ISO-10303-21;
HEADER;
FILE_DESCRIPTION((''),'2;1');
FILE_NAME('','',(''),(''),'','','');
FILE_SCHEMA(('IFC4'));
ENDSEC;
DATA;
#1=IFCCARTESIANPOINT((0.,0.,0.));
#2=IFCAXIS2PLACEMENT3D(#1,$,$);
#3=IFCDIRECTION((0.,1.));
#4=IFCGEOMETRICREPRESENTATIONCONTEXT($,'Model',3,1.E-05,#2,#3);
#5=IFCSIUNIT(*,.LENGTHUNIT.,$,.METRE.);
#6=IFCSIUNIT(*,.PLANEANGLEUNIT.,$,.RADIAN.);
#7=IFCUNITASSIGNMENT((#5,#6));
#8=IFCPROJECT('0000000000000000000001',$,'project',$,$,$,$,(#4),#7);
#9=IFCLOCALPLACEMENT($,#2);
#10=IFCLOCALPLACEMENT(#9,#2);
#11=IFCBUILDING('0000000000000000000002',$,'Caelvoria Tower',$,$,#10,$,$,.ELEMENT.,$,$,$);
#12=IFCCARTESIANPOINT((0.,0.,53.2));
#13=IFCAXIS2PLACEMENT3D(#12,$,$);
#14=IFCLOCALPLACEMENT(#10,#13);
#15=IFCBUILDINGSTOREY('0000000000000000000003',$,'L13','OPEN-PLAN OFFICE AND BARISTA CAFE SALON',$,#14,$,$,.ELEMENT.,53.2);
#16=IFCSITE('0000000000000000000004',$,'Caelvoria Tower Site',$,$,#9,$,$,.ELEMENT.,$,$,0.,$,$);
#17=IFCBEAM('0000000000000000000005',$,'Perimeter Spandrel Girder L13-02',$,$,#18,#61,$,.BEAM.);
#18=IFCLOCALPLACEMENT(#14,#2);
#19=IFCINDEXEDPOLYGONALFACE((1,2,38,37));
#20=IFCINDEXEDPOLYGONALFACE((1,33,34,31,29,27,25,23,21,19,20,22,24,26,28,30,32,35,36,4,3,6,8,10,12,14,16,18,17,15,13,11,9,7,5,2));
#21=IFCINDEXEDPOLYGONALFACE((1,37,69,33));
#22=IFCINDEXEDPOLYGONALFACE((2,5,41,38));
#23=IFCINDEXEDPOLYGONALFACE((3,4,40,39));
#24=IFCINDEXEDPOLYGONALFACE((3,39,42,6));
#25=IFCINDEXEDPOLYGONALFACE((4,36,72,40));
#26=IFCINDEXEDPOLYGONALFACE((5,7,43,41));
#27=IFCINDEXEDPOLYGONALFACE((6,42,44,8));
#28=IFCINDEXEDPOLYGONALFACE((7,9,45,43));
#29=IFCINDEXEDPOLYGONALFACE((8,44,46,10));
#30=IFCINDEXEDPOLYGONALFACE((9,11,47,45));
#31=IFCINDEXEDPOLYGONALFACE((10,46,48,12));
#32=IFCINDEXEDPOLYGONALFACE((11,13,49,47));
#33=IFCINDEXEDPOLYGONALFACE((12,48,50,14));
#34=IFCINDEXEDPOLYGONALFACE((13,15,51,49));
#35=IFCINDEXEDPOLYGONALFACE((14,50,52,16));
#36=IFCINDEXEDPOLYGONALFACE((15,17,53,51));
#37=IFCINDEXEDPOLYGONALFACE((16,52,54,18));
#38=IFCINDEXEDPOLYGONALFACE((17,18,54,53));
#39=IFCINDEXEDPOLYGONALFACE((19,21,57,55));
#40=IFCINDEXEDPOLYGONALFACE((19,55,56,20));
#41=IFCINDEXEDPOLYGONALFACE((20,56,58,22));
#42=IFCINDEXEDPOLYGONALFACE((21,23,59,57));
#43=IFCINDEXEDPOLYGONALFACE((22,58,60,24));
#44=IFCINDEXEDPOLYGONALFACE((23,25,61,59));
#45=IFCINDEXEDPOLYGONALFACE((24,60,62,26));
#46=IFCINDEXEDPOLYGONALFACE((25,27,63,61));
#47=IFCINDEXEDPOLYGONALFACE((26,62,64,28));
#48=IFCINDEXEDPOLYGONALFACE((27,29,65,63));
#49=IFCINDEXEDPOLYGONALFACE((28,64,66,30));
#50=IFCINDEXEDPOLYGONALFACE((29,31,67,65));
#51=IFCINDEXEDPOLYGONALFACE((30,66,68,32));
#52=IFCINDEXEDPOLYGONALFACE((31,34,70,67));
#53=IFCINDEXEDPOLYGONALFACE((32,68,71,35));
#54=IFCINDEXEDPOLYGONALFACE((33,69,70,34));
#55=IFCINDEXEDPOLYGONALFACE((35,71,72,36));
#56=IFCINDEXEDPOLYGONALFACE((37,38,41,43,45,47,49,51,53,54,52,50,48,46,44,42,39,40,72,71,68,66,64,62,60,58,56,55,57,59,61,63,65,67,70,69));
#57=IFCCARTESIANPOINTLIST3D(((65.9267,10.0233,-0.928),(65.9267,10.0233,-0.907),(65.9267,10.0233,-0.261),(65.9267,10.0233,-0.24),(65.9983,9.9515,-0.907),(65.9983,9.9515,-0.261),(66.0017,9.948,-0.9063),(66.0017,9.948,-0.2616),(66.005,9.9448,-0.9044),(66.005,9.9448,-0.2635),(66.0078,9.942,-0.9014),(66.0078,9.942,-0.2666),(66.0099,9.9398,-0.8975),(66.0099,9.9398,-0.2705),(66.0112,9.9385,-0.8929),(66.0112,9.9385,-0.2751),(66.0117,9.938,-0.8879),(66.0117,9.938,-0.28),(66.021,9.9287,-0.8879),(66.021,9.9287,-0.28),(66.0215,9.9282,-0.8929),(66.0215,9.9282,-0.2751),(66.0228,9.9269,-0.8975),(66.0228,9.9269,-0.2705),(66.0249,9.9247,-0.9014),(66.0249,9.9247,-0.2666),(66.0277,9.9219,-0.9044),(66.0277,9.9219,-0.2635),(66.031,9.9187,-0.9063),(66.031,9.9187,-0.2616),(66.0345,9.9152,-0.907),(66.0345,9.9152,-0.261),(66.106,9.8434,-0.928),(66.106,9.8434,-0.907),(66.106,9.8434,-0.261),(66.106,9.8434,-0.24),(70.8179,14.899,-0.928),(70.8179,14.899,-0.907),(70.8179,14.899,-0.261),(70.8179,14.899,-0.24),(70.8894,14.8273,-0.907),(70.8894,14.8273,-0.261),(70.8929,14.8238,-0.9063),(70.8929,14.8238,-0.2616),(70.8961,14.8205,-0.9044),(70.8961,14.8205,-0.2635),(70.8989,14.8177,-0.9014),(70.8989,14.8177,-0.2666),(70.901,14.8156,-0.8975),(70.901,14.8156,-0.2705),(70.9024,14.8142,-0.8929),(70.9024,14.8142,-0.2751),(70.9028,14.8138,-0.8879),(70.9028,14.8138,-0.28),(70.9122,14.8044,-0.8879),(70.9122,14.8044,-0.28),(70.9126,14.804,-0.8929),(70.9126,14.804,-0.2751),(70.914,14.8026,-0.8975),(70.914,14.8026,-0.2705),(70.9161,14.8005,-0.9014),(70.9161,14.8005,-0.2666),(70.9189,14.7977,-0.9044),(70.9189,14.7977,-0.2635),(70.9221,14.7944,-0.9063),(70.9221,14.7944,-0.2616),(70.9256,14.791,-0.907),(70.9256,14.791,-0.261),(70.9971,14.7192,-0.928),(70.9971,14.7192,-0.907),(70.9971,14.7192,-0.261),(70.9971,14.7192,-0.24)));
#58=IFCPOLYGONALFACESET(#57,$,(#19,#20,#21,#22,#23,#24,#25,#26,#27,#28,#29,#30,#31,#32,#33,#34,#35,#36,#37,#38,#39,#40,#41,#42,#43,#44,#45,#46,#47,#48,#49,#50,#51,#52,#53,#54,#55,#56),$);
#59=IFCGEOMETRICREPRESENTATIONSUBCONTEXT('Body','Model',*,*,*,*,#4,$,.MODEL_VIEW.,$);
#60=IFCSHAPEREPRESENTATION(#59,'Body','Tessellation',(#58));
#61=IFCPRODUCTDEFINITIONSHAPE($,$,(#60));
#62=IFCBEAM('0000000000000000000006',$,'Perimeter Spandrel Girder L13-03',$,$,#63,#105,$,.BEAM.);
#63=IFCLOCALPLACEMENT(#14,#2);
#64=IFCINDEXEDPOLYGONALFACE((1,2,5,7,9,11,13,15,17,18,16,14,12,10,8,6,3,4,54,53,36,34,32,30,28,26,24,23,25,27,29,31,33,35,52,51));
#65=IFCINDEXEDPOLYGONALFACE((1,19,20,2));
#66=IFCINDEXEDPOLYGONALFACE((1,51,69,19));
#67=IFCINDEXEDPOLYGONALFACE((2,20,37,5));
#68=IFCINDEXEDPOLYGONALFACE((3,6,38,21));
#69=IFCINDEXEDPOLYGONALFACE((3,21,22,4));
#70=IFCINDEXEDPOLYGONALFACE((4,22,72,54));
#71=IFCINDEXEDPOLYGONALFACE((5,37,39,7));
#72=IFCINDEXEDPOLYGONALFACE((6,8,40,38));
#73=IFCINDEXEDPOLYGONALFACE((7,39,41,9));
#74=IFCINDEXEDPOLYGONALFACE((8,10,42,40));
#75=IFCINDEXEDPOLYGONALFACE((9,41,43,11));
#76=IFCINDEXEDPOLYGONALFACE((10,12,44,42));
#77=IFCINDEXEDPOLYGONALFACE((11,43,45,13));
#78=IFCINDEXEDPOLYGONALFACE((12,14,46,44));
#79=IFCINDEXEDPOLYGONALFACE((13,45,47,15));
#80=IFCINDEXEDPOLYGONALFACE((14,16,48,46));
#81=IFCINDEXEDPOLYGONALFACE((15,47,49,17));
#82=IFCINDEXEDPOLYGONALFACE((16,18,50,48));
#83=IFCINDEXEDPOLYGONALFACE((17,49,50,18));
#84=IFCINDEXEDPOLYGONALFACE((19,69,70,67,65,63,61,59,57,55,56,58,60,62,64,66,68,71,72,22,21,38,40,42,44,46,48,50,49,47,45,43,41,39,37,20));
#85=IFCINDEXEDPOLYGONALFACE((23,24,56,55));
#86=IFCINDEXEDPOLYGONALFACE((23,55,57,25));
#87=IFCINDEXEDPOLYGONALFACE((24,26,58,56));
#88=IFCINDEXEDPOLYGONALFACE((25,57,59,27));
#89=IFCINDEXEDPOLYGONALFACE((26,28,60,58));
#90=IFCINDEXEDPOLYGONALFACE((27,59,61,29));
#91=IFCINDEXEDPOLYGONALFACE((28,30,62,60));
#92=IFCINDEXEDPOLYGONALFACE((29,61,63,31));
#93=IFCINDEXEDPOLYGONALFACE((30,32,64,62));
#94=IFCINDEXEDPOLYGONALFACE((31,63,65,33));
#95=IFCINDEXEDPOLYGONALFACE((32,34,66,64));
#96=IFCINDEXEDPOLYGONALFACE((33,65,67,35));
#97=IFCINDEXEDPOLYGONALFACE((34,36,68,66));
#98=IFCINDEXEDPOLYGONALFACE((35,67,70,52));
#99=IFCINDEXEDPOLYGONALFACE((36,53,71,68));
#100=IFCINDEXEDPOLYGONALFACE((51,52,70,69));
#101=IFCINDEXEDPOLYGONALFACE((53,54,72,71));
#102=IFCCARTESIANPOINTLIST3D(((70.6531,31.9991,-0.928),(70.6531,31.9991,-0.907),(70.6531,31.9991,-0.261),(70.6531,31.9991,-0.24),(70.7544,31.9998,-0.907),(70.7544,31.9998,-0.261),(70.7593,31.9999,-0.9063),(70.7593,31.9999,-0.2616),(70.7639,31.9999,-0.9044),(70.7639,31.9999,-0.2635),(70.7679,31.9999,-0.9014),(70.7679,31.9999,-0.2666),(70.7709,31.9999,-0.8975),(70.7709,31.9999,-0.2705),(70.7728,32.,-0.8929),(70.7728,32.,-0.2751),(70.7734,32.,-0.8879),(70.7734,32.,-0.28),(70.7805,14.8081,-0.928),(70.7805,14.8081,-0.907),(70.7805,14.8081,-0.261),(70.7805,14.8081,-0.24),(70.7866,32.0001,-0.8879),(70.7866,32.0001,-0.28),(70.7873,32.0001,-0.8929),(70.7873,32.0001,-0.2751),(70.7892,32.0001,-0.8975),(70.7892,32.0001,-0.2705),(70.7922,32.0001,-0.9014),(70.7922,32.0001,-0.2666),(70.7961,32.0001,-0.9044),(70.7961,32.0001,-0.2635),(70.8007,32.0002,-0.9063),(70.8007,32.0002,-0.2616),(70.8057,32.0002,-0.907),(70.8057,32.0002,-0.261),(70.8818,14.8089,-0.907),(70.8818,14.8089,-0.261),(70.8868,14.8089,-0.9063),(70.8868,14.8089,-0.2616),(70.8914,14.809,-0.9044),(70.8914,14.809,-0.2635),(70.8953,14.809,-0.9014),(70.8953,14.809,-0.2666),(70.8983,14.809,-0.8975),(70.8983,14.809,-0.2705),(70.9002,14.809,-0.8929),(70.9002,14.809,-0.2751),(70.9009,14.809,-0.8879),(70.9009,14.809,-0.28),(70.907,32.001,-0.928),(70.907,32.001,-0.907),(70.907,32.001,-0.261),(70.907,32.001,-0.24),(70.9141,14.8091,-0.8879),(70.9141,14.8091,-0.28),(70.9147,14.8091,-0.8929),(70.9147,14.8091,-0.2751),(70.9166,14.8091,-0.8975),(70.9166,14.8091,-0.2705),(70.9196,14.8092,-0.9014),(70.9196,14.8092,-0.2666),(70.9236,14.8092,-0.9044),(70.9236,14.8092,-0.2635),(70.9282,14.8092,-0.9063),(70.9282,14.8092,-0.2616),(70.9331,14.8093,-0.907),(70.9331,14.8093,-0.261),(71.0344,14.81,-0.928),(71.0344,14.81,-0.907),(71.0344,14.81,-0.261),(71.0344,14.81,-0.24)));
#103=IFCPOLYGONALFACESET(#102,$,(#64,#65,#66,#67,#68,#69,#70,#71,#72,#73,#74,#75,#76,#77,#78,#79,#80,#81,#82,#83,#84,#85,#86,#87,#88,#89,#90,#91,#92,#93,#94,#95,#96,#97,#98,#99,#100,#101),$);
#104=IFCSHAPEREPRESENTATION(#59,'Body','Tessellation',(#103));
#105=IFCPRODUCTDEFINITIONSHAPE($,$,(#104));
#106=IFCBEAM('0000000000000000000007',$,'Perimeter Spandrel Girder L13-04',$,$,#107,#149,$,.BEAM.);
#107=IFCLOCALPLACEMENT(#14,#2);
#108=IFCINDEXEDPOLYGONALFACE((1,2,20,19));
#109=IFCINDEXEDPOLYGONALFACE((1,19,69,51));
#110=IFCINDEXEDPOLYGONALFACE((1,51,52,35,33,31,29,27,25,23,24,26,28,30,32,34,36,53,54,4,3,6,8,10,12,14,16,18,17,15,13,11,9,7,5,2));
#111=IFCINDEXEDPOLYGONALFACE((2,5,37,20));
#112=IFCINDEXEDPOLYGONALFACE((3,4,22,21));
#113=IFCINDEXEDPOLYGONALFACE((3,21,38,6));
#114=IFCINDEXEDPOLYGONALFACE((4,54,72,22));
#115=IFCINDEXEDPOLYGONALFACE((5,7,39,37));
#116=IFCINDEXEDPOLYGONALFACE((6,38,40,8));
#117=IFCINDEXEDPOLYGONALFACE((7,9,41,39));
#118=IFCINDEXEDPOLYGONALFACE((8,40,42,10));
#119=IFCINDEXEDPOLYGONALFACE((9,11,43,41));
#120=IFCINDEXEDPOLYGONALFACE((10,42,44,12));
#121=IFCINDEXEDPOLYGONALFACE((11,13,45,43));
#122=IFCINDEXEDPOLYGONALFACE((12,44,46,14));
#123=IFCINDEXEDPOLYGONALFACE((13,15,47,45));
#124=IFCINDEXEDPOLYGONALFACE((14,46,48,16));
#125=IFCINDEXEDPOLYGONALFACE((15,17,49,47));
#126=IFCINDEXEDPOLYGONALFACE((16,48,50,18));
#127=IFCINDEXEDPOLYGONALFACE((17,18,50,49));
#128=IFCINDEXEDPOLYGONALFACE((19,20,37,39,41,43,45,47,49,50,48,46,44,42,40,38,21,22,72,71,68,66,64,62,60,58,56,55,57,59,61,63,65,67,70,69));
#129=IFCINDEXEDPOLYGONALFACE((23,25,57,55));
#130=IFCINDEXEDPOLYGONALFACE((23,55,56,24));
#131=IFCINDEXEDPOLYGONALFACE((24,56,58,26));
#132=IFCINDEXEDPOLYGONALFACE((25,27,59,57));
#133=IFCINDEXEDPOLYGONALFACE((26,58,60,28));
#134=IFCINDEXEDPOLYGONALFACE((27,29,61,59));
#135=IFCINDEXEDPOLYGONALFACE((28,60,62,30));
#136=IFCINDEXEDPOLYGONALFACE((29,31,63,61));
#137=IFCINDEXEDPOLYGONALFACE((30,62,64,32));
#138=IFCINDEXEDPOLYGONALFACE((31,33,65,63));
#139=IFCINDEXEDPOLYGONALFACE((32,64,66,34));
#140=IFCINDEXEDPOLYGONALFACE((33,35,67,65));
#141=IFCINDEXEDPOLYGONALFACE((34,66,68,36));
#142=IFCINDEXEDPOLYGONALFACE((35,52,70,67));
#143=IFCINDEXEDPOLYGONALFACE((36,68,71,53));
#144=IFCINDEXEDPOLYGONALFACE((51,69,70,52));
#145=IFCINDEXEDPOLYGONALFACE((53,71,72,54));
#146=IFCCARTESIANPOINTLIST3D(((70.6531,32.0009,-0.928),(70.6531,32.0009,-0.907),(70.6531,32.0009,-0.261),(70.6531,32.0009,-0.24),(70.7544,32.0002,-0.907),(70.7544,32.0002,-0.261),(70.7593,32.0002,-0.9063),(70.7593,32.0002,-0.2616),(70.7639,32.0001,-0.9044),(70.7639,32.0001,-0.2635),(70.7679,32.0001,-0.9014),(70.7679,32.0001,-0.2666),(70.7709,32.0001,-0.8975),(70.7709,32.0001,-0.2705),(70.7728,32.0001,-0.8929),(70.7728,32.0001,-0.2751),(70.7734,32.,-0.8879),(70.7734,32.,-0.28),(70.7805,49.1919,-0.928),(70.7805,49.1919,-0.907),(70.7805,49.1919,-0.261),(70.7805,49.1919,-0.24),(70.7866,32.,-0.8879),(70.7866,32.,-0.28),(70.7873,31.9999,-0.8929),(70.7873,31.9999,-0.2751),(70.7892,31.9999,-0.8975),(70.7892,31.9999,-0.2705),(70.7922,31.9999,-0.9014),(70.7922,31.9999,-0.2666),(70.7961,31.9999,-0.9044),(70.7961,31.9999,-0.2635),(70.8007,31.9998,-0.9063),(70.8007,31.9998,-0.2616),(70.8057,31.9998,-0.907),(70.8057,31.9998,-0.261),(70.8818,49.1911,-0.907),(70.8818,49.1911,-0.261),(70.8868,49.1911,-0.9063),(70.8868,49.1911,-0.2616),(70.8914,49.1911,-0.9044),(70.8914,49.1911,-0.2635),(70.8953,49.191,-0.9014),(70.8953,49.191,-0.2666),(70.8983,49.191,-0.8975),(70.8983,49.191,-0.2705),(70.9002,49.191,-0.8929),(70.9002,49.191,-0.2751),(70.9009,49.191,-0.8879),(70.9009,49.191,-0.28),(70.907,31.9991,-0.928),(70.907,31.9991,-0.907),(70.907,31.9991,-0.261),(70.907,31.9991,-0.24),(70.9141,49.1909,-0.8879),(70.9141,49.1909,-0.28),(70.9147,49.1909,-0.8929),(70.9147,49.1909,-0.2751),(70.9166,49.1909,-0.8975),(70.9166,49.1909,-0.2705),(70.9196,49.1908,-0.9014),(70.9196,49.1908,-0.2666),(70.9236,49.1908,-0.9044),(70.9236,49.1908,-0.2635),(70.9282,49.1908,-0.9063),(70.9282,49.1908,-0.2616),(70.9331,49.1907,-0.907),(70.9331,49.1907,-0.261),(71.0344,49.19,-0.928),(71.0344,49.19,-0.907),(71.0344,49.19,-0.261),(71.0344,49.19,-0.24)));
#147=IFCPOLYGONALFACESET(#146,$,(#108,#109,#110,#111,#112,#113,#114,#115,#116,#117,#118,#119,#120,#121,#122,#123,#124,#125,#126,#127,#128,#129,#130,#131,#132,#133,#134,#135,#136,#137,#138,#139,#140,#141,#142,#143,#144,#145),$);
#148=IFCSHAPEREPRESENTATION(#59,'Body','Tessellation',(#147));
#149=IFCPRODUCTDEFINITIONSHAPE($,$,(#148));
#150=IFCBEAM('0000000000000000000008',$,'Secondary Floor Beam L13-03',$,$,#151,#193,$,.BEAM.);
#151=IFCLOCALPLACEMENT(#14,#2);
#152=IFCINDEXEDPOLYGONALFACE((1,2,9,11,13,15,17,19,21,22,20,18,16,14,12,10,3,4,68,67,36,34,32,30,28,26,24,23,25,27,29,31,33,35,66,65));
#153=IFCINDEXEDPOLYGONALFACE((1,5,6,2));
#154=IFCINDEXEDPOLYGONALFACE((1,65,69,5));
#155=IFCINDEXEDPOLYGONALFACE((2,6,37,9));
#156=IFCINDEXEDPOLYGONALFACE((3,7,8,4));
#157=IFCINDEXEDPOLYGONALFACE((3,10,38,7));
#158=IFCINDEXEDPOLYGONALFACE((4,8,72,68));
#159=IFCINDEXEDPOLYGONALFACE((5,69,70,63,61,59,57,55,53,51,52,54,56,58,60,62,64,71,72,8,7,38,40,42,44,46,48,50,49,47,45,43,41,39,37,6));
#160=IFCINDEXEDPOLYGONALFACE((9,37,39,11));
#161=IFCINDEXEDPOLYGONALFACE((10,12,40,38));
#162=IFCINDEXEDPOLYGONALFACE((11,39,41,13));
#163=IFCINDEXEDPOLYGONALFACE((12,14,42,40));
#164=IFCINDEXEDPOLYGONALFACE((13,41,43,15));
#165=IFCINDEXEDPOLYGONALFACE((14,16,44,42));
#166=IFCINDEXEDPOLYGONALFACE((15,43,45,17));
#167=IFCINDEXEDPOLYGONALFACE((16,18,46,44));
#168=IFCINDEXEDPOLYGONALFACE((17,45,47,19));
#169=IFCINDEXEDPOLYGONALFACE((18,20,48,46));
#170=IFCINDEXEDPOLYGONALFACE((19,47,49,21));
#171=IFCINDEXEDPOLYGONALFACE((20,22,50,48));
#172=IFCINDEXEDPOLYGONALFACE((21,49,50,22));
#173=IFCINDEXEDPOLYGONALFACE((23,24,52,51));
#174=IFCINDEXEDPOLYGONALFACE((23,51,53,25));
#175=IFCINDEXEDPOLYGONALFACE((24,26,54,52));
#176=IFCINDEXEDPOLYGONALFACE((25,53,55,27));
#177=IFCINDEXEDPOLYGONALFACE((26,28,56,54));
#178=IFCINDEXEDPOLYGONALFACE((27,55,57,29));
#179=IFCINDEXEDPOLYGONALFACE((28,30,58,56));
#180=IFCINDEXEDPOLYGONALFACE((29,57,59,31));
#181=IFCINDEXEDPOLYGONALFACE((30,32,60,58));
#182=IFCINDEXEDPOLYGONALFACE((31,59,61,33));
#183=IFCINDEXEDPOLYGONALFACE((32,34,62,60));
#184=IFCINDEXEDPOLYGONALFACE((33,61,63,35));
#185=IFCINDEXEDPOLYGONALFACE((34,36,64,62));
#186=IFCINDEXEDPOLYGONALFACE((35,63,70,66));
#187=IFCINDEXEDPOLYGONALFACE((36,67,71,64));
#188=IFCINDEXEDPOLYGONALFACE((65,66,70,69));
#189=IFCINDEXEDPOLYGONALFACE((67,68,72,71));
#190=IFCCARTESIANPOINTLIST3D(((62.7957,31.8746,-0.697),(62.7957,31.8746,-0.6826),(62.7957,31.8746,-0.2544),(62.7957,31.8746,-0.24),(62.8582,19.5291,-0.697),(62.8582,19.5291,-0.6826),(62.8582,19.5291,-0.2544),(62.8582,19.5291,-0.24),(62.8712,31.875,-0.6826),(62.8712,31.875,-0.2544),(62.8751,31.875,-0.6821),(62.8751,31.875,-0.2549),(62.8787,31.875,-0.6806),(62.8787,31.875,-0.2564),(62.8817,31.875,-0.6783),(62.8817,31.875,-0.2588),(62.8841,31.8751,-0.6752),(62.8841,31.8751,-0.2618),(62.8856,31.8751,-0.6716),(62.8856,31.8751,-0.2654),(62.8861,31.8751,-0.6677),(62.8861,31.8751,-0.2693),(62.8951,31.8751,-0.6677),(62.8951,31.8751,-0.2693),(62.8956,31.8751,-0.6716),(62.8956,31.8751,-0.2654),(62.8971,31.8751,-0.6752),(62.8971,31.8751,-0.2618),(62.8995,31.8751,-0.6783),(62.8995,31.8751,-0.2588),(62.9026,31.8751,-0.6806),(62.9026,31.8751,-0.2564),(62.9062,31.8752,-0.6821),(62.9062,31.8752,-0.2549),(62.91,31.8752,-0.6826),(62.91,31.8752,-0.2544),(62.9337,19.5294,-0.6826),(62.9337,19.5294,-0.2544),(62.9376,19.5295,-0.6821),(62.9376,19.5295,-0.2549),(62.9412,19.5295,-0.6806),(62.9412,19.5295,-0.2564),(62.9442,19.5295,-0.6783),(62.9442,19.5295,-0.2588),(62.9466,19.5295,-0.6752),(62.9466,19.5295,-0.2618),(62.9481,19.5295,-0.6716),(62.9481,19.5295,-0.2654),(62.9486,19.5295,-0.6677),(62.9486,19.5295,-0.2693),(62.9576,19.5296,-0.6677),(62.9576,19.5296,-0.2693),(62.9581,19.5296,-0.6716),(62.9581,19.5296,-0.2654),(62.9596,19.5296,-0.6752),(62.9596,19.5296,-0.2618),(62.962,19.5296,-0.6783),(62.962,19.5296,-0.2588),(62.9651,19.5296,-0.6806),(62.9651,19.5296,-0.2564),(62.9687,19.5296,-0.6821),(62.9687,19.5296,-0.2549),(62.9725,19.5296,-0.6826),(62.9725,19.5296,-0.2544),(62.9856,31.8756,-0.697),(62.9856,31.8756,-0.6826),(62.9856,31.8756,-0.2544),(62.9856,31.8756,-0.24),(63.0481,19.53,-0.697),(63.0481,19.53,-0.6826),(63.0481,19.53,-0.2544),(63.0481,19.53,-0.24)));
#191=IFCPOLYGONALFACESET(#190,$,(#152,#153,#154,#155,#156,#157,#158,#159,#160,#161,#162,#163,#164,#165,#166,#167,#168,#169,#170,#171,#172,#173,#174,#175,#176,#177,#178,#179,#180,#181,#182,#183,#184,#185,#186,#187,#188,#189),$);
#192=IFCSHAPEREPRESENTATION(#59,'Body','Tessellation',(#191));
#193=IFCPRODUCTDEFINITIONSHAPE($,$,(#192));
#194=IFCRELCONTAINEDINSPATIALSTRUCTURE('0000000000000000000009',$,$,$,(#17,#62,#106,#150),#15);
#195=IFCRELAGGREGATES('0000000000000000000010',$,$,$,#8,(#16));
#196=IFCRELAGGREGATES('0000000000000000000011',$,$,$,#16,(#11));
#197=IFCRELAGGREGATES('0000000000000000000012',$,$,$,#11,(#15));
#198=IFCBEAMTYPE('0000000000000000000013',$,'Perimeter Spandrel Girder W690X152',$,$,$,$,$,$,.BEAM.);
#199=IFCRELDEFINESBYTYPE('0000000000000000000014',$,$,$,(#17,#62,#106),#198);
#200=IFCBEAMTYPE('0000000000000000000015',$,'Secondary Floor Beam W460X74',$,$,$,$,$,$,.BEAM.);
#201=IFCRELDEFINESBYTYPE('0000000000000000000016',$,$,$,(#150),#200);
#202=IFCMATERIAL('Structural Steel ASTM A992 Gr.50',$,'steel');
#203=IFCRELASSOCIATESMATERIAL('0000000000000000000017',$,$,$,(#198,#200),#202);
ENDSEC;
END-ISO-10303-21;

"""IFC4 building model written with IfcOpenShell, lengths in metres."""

from ifc_helpers import new_model, si_unit, direction, frame, origin, origin_2d, place, context, subcontext, project, spatial, i_section, extrude, material, material_profile, profile_set, type_object, element, save


model = new_model("IFC4")

# Units and contexts
model_context = context("Model", 3, precision=1e-05, world=origin(), true_north=direction((0.0, 1.0)))
body_context = subcontext(model_context, "Body", "Model", "MODEL_VIEW")
ifc_project = project(units=[si_unit("LENGTHUNIT", "METRE"), si_unit("PLANEANGLEUNIT", "RADIAN")], contexts=[model_context])

# Site, building, storey
site_placement = place(None, origin())
site = spatial("IfcSite", under=ifc_project, at=site_placement, Name="Caelvoria Tower Site", CompositionType="ELEMENT", RefElevation=0.0)
building_placement = place(site_placement, origin())
building = spatial("IfcBuilding", under=site, at=building_placement, Name="Caelvoria Tower", CompositionType="ELEMENT")
storey_placement = place(building_placement, frame((0.0, 0.0, 53.2)))
storey = spatial("IfcBuildingStorey", under=building, at=storey_placement, Name="L13", Description="OPEN-PLAN OFFICE AND BARISTA CAFE SALON", CompositionType="ELEMENT", Elevation=53.2)

# Beams
ifc_material_1 = material(Name="Structural Steel ASTM A992 Gr.50", Category="steel")
ifc_material_profile_1 = material_profile(ifc_material_1, i_section(OverallWidth=0.2539, OverallDepth=0.688, WebThickness=0.0132, FlangeThickness=0.021, FilletRadius=0.019, at=origin_2d()), Name="Structural Steel ASTM A992 Gr.50")
ifc_profile_set_1 = profile_set([ifc_material_profile_1], Name="W690X152 - Structural Steel ASTM A992 Gr.50")
beam_type_1 = type_object("IfcBeamType", Name="Perimeter Spandrel Girder W690X152", PredefinedType="BEAM", material=ifc_profile_set_1)
beam_1_placement = place(storey_placement, frame((66.0164, 9.9333, -0.584), z_axis=(0.708219, 0.705992, 0.0), x_axis=(-0.705992, 0.708219, 0.0)))
element("IfcBeam", 1, at=beam_1_placement, inside=storey, type_object=beam_type_1, Name="Perimeter Spandrel Girder L13-02", PredefinedType="BEAM", context=body_context, shape_type="SweptSolid", body=[
    extrude(i_section(OverallWidth=0.2539, OverallDepth=0.688, WebThickness=0.0132, FlangeThickness=0.021, FilletRadius=0.019, at=origin_2d()), origin(), (0.0, 0.0, 1.0), 6.9062),
])
for number, where, z_axis, x_axis, name in (
    (2, (70.9075, 14.8091, -0.584), (-0.007413, 0.999973, 0.0), (-0.999973, -0.007413, 0.0), "Perimeter Spandrel Girder L13-03"),
    (3, (70.78, 32.0, -0.584), (0.007413, 0.999973, 0.0), (-0.999973, 0.007413, 0.0), "Perimeter Spandrel Girder L13-04"),
):
    element("IfcBeam", number, at=place(storey_placement, frame(where, z_axis=z_axis, x_axis=x_axis)), inside=storey, type_object=beam_type_1, Name=name, PredefinedType="BEAM", context=body_context, shape_type="SweptSolid", body=[
        extrude(i_section(OverallWidth=0.2539, OverallDepth=0.688, WebThickness=0.0132, FlangeThickness=0.021, FilletRadius=0.019, at=origin_2d()), origin(), (0.0, 0.0, 1.0), 17.1914),
    ])
ifc_material_profile_2 = material_profile(ifc_material_1, i_section(OverallWidth=0.1899, OverallDepth=0.457, WebThickness=0.009, FlangeThickness=0.0144, FilletRadius=0.0149, at=origin_2d()), Name="Structural Steel ASTM A992 Gr.50")
ifc_profile_set_2 = profile_set([ifc_material_profile_2], Name="W460X74 - Structural Steel ASTM A992 Gr.50")
beam_type_2 = type_object("IfcBeamType", Name="Secondary Floor Beam W460X74", PredefinedType="BEAM", material=ifc_profile_set_2)
beam_2_placement = place(storey_placement, frame((62.9531, 19.5295, -0.4685), z_axis=(-0.005063, 0.999987, 0.0), x_axis=(-0.999987, -0.005063, 0.0)))
element("IfcBeam", 4, at=beam_2_placement, inside=storey, type_object=beam_type_2, Name="Secondary Floor Beam L13-03", PredefinedType="BEAM", context=body_context, shape_type="SweptSolid", body=[
    extrude(i_section(OverallWidth=0.1899, OverallDepth=0.457, WebThickness=0.009, FlangeThickness=0.0144, FilletRadius=0.0149, at=origin_2d()), origin(), (0.0, 0.0, 1.0), 12.3457),
])

save(model, "model.ifc")
